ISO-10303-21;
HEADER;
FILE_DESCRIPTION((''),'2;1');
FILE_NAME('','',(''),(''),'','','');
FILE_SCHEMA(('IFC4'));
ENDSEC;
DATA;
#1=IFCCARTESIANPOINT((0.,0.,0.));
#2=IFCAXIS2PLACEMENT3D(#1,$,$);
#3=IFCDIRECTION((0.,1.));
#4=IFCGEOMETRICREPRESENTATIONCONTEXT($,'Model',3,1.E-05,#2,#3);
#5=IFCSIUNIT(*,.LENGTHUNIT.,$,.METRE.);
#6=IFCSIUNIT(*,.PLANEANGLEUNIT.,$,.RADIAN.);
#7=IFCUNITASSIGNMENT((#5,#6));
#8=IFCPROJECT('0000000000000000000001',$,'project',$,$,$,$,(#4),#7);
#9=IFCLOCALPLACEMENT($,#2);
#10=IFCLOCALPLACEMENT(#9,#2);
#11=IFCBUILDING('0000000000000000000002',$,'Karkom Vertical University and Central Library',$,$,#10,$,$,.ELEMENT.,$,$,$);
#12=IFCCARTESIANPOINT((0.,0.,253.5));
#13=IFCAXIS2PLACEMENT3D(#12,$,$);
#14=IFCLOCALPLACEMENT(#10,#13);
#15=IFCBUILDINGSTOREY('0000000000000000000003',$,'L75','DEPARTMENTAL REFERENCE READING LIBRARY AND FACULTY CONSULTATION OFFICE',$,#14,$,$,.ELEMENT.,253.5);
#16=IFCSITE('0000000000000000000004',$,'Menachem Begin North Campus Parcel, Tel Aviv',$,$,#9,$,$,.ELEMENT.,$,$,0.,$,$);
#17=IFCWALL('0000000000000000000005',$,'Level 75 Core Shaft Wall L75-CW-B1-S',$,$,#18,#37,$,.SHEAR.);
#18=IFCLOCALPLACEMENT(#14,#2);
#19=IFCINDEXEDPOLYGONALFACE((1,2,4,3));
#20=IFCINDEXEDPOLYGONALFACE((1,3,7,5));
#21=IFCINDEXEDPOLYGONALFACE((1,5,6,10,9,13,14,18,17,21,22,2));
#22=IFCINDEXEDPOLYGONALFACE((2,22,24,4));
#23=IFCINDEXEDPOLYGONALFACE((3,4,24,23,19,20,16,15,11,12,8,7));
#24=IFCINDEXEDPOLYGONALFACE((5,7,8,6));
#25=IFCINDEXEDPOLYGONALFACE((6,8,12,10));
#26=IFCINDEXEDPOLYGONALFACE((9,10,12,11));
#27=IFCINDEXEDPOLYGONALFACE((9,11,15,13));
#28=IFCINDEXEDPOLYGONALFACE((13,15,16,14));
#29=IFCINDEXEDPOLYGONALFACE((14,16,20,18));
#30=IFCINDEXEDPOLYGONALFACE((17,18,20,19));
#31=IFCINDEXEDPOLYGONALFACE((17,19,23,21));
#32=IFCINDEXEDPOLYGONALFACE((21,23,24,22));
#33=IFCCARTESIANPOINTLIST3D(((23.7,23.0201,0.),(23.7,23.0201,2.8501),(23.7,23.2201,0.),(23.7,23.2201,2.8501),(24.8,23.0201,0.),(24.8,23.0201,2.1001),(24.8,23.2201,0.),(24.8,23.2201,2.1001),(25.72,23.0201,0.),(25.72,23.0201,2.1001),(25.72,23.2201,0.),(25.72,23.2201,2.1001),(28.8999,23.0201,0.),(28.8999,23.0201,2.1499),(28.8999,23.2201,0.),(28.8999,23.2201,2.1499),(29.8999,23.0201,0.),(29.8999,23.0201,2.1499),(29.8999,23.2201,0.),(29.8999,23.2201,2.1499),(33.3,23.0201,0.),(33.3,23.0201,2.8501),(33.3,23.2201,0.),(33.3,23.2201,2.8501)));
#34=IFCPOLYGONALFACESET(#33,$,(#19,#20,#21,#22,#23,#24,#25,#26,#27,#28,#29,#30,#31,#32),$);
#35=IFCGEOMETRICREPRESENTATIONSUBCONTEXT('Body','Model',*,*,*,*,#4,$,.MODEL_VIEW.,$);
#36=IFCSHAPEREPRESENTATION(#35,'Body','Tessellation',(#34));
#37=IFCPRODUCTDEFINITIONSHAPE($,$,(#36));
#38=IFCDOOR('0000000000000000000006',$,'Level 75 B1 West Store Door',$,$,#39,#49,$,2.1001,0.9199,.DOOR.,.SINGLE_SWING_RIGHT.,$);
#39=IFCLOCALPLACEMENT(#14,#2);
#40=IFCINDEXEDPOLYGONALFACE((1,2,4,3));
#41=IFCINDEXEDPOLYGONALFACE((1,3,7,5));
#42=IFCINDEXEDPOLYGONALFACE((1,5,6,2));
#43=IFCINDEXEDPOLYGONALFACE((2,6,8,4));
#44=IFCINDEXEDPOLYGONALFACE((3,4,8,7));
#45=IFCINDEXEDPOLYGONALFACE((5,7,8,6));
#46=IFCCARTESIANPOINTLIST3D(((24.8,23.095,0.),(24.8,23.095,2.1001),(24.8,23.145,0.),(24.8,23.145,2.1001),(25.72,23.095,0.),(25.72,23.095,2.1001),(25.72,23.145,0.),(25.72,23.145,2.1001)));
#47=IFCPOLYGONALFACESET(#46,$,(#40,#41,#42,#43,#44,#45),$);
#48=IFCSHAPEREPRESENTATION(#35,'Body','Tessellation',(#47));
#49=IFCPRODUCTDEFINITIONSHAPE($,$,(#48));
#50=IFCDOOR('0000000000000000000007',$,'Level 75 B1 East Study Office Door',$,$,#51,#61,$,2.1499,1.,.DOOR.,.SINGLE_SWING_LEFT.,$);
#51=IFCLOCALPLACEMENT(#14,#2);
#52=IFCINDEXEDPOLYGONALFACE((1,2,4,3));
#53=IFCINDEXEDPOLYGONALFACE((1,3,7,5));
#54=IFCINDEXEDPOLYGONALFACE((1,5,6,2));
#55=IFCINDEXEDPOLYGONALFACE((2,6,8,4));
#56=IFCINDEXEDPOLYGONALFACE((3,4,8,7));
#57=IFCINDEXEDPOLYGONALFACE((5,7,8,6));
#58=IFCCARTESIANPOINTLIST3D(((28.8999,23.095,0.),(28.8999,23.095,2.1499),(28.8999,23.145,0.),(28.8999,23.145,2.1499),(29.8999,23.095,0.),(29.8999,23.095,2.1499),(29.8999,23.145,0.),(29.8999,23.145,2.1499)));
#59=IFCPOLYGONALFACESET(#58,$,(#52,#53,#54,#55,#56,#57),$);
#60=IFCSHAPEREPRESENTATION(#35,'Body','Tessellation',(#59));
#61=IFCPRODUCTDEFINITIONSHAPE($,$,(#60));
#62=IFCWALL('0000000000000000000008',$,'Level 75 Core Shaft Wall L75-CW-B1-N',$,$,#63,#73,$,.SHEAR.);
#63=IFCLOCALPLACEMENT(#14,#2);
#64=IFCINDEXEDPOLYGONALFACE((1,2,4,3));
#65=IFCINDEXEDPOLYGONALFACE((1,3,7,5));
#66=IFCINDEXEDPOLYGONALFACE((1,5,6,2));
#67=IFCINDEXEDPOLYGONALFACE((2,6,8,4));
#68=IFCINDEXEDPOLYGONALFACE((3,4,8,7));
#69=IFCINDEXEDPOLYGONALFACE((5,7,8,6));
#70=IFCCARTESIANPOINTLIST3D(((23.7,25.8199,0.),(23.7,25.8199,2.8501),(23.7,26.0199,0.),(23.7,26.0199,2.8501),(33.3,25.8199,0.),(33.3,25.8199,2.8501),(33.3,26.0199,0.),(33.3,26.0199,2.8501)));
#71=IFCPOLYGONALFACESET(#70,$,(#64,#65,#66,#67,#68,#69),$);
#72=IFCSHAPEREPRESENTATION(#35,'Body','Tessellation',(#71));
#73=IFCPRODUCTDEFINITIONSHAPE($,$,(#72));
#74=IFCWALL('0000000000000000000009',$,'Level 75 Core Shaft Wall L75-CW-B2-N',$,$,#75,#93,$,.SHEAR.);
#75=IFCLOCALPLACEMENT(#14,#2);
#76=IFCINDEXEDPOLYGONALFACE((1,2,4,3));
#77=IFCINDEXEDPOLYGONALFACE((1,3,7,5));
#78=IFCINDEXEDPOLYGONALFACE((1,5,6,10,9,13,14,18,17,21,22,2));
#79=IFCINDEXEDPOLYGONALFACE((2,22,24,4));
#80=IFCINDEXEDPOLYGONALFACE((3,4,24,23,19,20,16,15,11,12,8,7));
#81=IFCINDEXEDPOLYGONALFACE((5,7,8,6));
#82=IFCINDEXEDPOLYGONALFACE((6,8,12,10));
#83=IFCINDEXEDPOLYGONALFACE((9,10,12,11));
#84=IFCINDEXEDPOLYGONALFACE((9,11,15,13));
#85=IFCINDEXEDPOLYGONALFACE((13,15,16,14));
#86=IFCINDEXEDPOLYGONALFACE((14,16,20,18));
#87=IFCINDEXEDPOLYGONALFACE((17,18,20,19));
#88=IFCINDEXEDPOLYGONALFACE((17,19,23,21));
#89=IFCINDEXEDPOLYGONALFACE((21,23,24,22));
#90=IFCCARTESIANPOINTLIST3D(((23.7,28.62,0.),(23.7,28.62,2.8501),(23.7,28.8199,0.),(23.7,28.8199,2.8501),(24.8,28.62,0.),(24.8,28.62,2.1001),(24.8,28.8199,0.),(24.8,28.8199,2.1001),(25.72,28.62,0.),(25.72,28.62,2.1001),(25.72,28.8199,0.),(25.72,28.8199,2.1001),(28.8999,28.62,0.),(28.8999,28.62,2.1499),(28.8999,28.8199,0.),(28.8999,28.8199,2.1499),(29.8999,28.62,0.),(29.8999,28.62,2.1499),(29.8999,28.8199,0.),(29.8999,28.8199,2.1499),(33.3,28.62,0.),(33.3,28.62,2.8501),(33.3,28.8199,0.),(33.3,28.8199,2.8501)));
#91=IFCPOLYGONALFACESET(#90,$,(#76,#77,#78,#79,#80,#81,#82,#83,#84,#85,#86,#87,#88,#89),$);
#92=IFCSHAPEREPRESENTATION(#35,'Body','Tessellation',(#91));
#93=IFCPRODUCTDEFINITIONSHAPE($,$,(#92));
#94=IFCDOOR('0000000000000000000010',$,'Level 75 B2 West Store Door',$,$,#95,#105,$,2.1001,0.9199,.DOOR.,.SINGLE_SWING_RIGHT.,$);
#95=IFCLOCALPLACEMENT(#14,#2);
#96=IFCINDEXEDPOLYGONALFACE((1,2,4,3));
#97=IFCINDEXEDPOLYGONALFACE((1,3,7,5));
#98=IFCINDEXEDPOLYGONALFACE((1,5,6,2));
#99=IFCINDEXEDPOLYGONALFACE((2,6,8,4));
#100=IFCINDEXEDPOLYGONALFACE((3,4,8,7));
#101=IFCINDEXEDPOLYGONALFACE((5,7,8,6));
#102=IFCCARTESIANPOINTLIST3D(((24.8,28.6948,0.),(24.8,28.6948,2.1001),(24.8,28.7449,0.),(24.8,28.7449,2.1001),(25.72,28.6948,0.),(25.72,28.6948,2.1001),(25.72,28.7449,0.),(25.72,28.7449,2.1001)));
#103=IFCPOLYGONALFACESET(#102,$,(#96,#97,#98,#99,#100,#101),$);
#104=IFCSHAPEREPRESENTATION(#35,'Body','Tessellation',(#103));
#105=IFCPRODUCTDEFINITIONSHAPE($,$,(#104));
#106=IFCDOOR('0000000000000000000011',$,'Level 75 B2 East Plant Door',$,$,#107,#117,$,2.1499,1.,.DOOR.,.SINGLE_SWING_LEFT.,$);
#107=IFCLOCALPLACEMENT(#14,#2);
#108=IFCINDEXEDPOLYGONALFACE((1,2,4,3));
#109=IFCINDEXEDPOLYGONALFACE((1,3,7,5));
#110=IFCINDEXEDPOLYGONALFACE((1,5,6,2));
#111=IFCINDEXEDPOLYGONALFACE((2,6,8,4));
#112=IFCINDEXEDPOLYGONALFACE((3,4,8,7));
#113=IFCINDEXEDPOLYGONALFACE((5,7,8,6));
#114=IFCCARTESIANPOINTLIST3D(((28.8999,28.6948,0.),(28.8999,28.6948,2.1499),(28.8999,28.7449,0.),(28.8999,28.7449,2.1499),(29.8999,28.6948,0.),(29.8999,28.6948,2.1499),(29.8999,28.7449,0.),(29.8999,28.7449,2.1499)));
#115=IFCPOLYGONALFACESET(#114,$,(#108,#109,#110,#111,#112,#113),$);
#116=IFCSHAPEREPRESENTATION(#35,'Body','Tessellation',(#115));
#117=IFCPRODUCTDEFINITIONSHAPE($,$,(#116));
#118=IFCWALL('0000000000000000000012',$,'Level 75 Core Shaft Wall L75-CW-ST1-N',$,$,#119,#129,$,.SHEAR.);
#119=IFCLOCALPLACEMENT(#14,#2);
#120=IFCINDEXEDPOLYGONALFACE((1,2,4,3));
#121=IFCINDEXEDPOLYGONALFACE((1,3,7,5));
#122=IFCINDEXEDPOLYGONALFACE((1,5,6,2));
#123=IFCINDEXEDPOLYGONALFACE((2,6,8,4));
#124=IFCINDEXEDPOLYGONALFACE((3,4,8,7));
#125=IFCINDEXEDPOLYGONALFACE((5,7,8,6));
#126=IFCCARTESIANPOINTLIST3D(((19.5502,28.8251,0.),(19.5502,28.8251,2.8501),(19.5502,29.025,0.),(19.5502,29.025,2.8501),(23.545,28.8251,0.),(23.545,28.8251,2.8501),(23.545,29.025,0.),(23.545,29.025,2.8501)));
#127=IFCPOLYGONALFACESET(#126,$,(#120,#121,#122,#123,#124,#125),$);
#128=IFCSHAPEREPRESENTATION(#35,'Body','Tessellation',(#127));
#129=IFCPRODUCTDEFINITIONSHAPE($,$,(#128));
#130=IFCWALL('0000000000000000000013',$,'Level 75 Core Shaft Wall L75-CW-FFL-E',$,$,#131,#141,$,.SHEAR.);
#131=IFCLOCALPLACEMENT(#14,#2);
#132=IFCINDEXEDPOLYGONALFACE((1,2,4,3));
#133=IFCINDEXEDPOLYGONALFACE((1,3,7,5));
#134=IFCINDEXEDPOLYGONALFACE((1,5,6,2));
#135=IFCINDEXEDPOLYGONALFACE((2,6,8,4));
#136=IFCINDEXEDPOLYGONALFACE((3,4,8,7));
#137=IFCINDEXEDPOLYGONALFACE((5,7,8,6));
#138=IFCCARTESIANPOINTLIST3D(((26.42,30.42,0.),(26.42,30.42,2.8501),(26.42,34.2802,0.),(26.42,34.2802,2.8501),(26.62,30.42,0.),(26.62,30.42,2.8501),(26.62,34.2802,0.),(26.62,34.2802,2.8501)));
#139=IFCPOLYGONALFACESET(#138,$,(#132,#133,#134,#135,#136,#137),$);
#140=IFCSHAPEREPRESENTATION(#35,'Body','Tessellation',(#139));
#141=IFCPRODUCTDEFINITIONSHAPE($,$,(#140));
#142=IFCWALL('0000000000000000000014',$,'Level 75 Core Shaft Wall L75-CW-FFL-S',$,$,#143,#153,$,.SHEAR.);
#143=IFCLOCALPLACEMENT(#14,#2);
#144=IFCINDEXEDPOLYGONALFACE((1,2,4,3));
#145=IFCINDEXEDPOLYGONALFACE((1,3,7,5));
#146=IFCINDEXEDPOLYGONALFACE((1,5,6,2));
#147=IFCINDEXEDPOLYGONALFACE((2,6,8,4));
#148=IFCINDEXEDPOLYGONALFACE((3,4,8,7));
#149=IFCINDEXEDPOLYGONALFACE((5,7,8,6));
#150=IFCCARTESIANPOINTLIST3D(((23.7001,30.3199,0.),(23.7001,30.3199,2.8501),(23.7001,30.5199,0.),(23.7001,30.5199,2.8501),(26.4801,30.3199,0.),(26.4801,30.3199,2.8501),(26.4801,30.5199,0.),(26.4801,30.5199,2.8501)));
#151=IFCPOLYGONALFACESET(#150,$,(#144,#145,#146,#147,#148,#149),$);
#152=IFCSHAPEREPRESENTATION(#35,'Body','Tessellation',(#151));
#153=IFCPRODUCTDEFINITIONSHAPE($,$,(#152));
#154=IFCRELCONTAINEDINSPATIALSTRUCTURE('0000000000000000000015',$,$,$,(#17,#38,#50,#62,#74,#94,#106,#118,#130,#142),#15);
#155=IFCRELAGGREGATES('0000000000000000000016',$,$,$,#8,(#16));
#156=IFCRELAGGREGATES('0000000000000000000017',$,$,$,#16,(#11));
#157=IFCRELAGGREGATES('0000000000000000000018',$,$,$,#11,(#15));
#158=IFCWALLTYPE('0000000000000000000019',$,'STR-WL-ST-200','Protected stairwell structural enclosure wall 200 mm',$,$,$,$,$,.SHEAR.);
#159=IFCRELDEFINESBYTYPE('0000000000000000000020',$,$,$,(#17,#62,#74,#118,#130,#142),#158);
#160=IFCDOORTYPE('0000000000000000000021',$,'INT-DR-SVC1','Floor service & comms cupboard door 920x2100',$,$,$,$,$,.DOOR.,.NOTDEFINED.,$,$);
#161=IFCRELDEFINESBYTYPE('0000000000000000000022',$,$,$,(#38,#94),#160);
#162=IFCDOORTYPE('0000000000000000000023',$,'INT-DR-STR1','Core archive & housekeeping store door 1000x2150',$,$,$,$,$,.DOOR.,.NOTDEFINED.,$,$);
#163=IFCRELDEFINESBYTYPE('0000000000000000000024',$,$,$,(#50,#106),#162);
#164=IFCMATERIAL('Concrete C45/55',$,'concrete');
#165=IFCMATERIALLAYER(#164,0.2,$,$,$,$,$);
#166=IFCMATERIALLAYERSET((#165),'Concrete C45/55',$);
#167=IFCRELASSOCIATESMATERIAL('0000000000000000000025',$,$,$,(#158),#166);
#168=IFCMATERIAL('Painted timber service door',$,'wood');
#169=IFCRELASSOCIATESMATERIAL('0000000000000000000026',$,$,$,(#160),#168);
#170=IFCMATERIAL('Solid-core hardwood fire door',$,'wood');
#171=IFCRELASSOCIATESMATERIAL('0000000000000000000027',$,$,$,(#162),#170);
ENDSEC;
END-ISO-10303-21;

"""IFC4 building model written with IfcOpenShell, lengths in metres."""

from ifc_helpers import new_model, si_unit, direction, frame, frame_2d, origin, origin_with_axes, place, context, subcontext, project, spatial, rectangle, extrude, source, transform, mapped, material, layer, layer_set, type_object, element, fill, save


model = new_model("IFC4")

# Units and contexts
model_context = context("Model", 3, precision=1e-05, world=origin(), true_north=direction((0.0, 1.0)))
body_context = subcontext(model_context, "Body", "Model", "MODEL_VIEW")
ifc_project = project(units=[si_unit("LENGTHUNIT", "METRE"), si_unit("PLANEANGLEUNIT", "RADIAN")], contexts=[model_context])

# Site, building, storey
site_placement = place(None, origin())
site = spatial("IfcSite", under=ifc_project, at=site_placement, Name="Menachem Begin North Campus Parcel, Tel Aviv", CompositionType="ELEMENT", RefElevation=0.0)
building_placement = place(site_placement, origin())
building = spatial("IfcBuilding", under=site, at=building_placement, Name="Karkom Vertical University and Central Library", CompositionType="ELEMENT")
storey_placement = place(building_placement, frame((0.0, 0.0, 253.5)))
storey = spatial("IfcBuildingStorey", under=building, at=storey_placement, Name="L75", Description="DEPARTMENTAL REFERENCE READING LIBRARY AND FACULTY CONSULTATION OFFICE", CompositionType="ELEMENT", Elevation=253.5)

# Wall, openings, doors
ifc_material_1 = material(Name="Concrete C45/55", Category="concrete")
ifc_layer_1 = layer(ifc_material_1, 0.2)
ifc_layer_set_1 = layer_set([ifc_layer_1], Name="Concrete C45/55")
wall_type_1 = type_object("IfcWallType", Name="STR-WL-ST-200", Description="Protected stairwell structural enclosure wall 200 mm", PredefinedType="SHEAR", material=ifc_layer_set_1)
wall_1_placement = place(storey_placement, frame((23.7, 23.1201, 0.0), z_axis=(0.0, 0.0, 1.0), x_axis=(1.0, 0.0, 0.0)))
wall_1 = element("IfcWall", 1, at=wall_1_placement, inside=storey, type_object=wall_type_1, Name="Level 75 Core Shaft Wall L75-CW-B1-S", PredefinedType="SHEAR", context=body_context, shape_type="SweptSolid", body=[
    extrude(rectangle(XDim=9.6001, YDim=0.2, at=frame_2d((4.8, 0.0))), origin(), (0.0, 0.0, 1.0), 2.8501),
])
opening_1_placement = place(wall_1_placement, frame((1.1001, 0.0, 0.0)))
opening_1 = element("IfcOpeningElement", 2, at=opening_1_placement, cuts=wall_1, PredefinedType="OPENING", context=body_context, shape_type="SweptSolid", body=[
    extrude(rectangle(XDim=0.9199, YDim=2.1001, at=frame_2d((0.46, 1.05))), frame((0.0, 0.1099, 0.0), z_axis=(0.0, -1.0, 0.0), x_axis=(1.0, 0.0, 0.0)), (0.0, 0.0, 1.0), 0.22),
])
opening_2_placement = place(wall_1_placement, frame((5.2, 0.0, 0.0)))
opening_2 = element("IfcOpeningElement", 3, at=opening_2_placement, cuts=wall_1, PredefinedType="OPENING", context=body_context, shape_type="SweptSolid", body=[
    extrude(rectangle(XDim=1.0, YDim=2.1499, at=frame_2d((0.5, 1.075))), frame((0.0, 0.1099, 0.0), z_axis=(0.0, -1.0, 0.0), x_axis=(1.0, 0.0, 0.0)), (0.0, 0.0, 1.0), 0.22),
])
ifc_material_2 = material(Name="Painted timber service door", Category="wood")
door_type_1 = type_object("IfcDoorType", Name="INT-DR-SVC1", Description="Floor service & comms cupboard door 920x2100", OperationType="NOTDEFINED", PredefinedType="DOOR", material=ifc_material_2)
shared_shape_1 = source(origin_with_axes(), body_context, "Body", "SweptSolid", [
    extrude(rectangle(XDim=0.9199, YDim=2.1001, at=frame_2d((0.46, 1.05))), frame((0.0, 0.0249, 0.0), z_axis=(0.0, -1.0, 0.0), x_axis=(1.0, 0.0, 0.0)), (0.0, 0.0, 1.0), 0.05),
])
door_1_placement = place(opening_1_placement, origin())
door_1 = element("IfcDoor", 4, at=door_1_placement, inside=storey, type_object=door_type_1, Name="Level 75 B1 West Store Door", OperationType="SINGLE_SWING_RIGHT", OverallHeight=2.1001, OverallWidth=0.9199, PredefinedType="DOOR", context=body_context, shape_type="MappedRepresentation", body=[
    mapped(shared_shape_1, transform((0.0, 0.0, 0.0), scale=1.0)),
])
fill(opening_1, door_1)
ifc_material_3 = material(Name="Solid-core hardwood fire door", Category="wood")
door_type_2 = type_object("IfcDoorType", Name="INT-DR-STR1", Description="Core archive & housekeeping store door 1000x2150", OperationType="NOTDEFINED", PredefinedType="DOOR", material=ifc_material_3)
shared_shape_2 = source(origin_with_axes(), body_context, "Body", "SweptSolid", [
    extrude(rectangle(XDim=1.0, YDim=2.1499, at=frame_2d((0.5, 1.075))), frame((0.0, 0.0249, 0.0), z_axis=(0.0, -1.0, 0.0), x_axis=(1.0, 0.0, 0.0)), (0.0, 0.0, 1.0), 0.05),
])
door_2_placement = place(opening_2_placement, origin())
door_2 = element("IfcDoor", 5, at=door_2_placement, inside=storey, type_object=door_type_2, Name="Level 75 B1 East Study Office Door", OperationType="SINGLE_SWING_LEFT", OverallHeight=2.1499, OverallWidth=1.0, PredefinedType="DOOR", context=body_context, shape_type="MappedRepresentation", body=[
    mapped(shared_shape_2, transform((0.0, 0.0, 0.0), scale=1.0)),
])
fill(opening_2, door_2)

# Wall
wall_2_placement = place(storey_placement, frame((23.7, 25.9199, 0.0), z_axis=(0.0, 0.0, 1.0), x_axis=(1.0, 0.0, 0.0)))
element("IfcWall", 6, at=wall_2_placement, inside=storey, type_object=wall_type_1, Name="Level 75 Core Shaft Wall L75-CW-B1-N", PredefinedType="SHEAR", context=body_context, shape_type="SweptSolid", body=[
    extrude(rectangle(XDim=9.6001, YDim=0.2, at=frame_2d((4.8, 0.0))), origin(), (0.0, 0.0, 1.0), 2.8501),
])

# Wall, openings, doors
wall_3_placement = place(storey_placement, frame((23.7, 28.72, 0.0), z_axis=(0.0, 0.0, 1.0), x_axis=(1.0, 0.0, 0.0)))
wall_3 = element("IfcWall", 7, at=wall_3_placement, inside=storey, type_object=wall_type_1, Name="Level 75 Core Shaft Wall L75-CW-B2-N", PredefinedType="SHEAR", context=body_context, shape_type="SweptSolid", body=[
    extrude(rectangle(XDim=9.6001, YDim=0.2, at=frame_2d((4.8, 0.0))), origin(), (0.0, 0.0, 1.0), 2.8501),
])
opening_3_placement = place(wall_3_placement, frame((1.1001, 0.0, 0.0)))
opening_3 = element("IfcOpeningElement", 8, at=opening_3_placement, cuts=wall_3, PredefinedType="OPENING", context=body_context, shape_type="SweptSolid", body=[
    extrude(rectangle(XDim=0.9199, YDim=2.1001, at=frame_2d((0.46, 1.05))), frame((0.0, 0.1099, 0.0), z_axis=(0.0, -1.0, 0.0), x_axis=(1.0, 0.0, 0.0)), (0.0, 0.0, 1.0), 0.22),
])
opening_4_placement = place(wall_3_placement, frame((5.2, 0.0, 0.0)))
opening_4 = element("IfcOpeningElement", 9, at=opening_4_placement, cuts=wall_3, PredefinedType="OPENING", context=body_context, shape_type="SweptSolid", body=[
    extrude(rectangle(XDim=1.0, YDim=2.1499, at=frame_2d((0.5, 1.075))), frame((0.0, 0.1099, 0.0), z_axis=(0.0, -1.0, 0.0), x_axis=(1.0, 0.0, 0.0)), (0.0, 0.0, 1.0), 0.22),
])
door_3_placement = place(opening_3_placement, origin())
door_3 = element("IfcDoor", 10, at=door_3_placement, inside=storey, type_object=door_type_1, Name="Level 75 B2 West Store Door", OperationType="SINGLE_SWING_RIGHT", OverallHeight=2.1001, OverallWidth=0.9199, PredefinedType="DOOR", context=body_context, shape_type="MappedRepresentation", body=[
    mapped(shared_shape_1, transform((0.0, 0.0, 0.0), scale=1.0)),
])
fill(opening_3, door_3)
door_4_placement = place(opening_4_placement, origin())
door_4 = element("IfcDoor", 11, at=door_4_placement, inside=storey, type_object=door_type_2, Name="Level 75 B2 East Plant Door", OperationType="SINGLE_SWING_LEFT", OverallHeight=2.1499, OverallWidth=1.0, PredefinedType="DOOR", context=body_context, shape_type="MappedRepresentation", body=[
    mapped(shared_shape_2, transform((0.0, 0.0, 0.0), scale=1.0)),
])
fill(opening_4, door_4)

# Walls
wall_4_placement = place(storey_placement, frame((19.55, 28.925, 0.0), z_axis=(0.0, 0.0, 1.0), x_axis=(1.0, 0.0, 0.0)))
element("IfcWall", 12, at=wall_4_placement, inside=storey, type_object=wall_type_1, Name="Level 75 Core Shaft Wall L75-CW-ST1-N", PredefinedType="SHEAR", context=body_context, shape_type="SweptSolid", body=[
    extrude(rectangle(XDim=3.9949, YDim=0.2, at=frame_2d((1.9976, 0.0))), origin(), (0.0, 0.0, 1.0), 2.8501),
])
wall_5_placement = place(storey_placement, frame((26.52, 30.4199, 0.0), z_axis=(0.0, 0.0, 1.0), x_axis=(0.0, 1.0, 0.0)))
element("IfcWall", 13, at=wall_5_placement, inside=storey, type_object=wall_type_1, Name="Level 75 Core Shaft Wall L75-CW-FFL-E", PredefinedType="SHEAR", context=body_context, shape_type="SweptSolid", body=[
    extrude(rectangle(XDim=3.8601, YDim=0.2, at=frame_2d((1.9302, 0.0))), origin(), (0.0, 0.0, 1.0), 2.8501),
])
wall_6_placement = place(storey_placement, frame((23.7, 30.4199, 0.0), z_axis=(0.0, 0.0, 1.0), x_axis=(1.0, 0.0, 0.0)))
element("IfcWall", 14, at=wall_6_placement, inside=storey, type_object=wall_type_1, Name="Level 75 Core Shaft Wall L75-CW-FFL-S", PredefinedType="SHEAR", context=body_context, shape_type="SweptSolid", body=[
    extrude(rectangle(XDim=2.78, YDim=0.2, at=frame_2d((1.3901, 0.0))), origin(), (0.0, 0.0, 1.0), 2.8501),
])

save(model, "model.ifc")
